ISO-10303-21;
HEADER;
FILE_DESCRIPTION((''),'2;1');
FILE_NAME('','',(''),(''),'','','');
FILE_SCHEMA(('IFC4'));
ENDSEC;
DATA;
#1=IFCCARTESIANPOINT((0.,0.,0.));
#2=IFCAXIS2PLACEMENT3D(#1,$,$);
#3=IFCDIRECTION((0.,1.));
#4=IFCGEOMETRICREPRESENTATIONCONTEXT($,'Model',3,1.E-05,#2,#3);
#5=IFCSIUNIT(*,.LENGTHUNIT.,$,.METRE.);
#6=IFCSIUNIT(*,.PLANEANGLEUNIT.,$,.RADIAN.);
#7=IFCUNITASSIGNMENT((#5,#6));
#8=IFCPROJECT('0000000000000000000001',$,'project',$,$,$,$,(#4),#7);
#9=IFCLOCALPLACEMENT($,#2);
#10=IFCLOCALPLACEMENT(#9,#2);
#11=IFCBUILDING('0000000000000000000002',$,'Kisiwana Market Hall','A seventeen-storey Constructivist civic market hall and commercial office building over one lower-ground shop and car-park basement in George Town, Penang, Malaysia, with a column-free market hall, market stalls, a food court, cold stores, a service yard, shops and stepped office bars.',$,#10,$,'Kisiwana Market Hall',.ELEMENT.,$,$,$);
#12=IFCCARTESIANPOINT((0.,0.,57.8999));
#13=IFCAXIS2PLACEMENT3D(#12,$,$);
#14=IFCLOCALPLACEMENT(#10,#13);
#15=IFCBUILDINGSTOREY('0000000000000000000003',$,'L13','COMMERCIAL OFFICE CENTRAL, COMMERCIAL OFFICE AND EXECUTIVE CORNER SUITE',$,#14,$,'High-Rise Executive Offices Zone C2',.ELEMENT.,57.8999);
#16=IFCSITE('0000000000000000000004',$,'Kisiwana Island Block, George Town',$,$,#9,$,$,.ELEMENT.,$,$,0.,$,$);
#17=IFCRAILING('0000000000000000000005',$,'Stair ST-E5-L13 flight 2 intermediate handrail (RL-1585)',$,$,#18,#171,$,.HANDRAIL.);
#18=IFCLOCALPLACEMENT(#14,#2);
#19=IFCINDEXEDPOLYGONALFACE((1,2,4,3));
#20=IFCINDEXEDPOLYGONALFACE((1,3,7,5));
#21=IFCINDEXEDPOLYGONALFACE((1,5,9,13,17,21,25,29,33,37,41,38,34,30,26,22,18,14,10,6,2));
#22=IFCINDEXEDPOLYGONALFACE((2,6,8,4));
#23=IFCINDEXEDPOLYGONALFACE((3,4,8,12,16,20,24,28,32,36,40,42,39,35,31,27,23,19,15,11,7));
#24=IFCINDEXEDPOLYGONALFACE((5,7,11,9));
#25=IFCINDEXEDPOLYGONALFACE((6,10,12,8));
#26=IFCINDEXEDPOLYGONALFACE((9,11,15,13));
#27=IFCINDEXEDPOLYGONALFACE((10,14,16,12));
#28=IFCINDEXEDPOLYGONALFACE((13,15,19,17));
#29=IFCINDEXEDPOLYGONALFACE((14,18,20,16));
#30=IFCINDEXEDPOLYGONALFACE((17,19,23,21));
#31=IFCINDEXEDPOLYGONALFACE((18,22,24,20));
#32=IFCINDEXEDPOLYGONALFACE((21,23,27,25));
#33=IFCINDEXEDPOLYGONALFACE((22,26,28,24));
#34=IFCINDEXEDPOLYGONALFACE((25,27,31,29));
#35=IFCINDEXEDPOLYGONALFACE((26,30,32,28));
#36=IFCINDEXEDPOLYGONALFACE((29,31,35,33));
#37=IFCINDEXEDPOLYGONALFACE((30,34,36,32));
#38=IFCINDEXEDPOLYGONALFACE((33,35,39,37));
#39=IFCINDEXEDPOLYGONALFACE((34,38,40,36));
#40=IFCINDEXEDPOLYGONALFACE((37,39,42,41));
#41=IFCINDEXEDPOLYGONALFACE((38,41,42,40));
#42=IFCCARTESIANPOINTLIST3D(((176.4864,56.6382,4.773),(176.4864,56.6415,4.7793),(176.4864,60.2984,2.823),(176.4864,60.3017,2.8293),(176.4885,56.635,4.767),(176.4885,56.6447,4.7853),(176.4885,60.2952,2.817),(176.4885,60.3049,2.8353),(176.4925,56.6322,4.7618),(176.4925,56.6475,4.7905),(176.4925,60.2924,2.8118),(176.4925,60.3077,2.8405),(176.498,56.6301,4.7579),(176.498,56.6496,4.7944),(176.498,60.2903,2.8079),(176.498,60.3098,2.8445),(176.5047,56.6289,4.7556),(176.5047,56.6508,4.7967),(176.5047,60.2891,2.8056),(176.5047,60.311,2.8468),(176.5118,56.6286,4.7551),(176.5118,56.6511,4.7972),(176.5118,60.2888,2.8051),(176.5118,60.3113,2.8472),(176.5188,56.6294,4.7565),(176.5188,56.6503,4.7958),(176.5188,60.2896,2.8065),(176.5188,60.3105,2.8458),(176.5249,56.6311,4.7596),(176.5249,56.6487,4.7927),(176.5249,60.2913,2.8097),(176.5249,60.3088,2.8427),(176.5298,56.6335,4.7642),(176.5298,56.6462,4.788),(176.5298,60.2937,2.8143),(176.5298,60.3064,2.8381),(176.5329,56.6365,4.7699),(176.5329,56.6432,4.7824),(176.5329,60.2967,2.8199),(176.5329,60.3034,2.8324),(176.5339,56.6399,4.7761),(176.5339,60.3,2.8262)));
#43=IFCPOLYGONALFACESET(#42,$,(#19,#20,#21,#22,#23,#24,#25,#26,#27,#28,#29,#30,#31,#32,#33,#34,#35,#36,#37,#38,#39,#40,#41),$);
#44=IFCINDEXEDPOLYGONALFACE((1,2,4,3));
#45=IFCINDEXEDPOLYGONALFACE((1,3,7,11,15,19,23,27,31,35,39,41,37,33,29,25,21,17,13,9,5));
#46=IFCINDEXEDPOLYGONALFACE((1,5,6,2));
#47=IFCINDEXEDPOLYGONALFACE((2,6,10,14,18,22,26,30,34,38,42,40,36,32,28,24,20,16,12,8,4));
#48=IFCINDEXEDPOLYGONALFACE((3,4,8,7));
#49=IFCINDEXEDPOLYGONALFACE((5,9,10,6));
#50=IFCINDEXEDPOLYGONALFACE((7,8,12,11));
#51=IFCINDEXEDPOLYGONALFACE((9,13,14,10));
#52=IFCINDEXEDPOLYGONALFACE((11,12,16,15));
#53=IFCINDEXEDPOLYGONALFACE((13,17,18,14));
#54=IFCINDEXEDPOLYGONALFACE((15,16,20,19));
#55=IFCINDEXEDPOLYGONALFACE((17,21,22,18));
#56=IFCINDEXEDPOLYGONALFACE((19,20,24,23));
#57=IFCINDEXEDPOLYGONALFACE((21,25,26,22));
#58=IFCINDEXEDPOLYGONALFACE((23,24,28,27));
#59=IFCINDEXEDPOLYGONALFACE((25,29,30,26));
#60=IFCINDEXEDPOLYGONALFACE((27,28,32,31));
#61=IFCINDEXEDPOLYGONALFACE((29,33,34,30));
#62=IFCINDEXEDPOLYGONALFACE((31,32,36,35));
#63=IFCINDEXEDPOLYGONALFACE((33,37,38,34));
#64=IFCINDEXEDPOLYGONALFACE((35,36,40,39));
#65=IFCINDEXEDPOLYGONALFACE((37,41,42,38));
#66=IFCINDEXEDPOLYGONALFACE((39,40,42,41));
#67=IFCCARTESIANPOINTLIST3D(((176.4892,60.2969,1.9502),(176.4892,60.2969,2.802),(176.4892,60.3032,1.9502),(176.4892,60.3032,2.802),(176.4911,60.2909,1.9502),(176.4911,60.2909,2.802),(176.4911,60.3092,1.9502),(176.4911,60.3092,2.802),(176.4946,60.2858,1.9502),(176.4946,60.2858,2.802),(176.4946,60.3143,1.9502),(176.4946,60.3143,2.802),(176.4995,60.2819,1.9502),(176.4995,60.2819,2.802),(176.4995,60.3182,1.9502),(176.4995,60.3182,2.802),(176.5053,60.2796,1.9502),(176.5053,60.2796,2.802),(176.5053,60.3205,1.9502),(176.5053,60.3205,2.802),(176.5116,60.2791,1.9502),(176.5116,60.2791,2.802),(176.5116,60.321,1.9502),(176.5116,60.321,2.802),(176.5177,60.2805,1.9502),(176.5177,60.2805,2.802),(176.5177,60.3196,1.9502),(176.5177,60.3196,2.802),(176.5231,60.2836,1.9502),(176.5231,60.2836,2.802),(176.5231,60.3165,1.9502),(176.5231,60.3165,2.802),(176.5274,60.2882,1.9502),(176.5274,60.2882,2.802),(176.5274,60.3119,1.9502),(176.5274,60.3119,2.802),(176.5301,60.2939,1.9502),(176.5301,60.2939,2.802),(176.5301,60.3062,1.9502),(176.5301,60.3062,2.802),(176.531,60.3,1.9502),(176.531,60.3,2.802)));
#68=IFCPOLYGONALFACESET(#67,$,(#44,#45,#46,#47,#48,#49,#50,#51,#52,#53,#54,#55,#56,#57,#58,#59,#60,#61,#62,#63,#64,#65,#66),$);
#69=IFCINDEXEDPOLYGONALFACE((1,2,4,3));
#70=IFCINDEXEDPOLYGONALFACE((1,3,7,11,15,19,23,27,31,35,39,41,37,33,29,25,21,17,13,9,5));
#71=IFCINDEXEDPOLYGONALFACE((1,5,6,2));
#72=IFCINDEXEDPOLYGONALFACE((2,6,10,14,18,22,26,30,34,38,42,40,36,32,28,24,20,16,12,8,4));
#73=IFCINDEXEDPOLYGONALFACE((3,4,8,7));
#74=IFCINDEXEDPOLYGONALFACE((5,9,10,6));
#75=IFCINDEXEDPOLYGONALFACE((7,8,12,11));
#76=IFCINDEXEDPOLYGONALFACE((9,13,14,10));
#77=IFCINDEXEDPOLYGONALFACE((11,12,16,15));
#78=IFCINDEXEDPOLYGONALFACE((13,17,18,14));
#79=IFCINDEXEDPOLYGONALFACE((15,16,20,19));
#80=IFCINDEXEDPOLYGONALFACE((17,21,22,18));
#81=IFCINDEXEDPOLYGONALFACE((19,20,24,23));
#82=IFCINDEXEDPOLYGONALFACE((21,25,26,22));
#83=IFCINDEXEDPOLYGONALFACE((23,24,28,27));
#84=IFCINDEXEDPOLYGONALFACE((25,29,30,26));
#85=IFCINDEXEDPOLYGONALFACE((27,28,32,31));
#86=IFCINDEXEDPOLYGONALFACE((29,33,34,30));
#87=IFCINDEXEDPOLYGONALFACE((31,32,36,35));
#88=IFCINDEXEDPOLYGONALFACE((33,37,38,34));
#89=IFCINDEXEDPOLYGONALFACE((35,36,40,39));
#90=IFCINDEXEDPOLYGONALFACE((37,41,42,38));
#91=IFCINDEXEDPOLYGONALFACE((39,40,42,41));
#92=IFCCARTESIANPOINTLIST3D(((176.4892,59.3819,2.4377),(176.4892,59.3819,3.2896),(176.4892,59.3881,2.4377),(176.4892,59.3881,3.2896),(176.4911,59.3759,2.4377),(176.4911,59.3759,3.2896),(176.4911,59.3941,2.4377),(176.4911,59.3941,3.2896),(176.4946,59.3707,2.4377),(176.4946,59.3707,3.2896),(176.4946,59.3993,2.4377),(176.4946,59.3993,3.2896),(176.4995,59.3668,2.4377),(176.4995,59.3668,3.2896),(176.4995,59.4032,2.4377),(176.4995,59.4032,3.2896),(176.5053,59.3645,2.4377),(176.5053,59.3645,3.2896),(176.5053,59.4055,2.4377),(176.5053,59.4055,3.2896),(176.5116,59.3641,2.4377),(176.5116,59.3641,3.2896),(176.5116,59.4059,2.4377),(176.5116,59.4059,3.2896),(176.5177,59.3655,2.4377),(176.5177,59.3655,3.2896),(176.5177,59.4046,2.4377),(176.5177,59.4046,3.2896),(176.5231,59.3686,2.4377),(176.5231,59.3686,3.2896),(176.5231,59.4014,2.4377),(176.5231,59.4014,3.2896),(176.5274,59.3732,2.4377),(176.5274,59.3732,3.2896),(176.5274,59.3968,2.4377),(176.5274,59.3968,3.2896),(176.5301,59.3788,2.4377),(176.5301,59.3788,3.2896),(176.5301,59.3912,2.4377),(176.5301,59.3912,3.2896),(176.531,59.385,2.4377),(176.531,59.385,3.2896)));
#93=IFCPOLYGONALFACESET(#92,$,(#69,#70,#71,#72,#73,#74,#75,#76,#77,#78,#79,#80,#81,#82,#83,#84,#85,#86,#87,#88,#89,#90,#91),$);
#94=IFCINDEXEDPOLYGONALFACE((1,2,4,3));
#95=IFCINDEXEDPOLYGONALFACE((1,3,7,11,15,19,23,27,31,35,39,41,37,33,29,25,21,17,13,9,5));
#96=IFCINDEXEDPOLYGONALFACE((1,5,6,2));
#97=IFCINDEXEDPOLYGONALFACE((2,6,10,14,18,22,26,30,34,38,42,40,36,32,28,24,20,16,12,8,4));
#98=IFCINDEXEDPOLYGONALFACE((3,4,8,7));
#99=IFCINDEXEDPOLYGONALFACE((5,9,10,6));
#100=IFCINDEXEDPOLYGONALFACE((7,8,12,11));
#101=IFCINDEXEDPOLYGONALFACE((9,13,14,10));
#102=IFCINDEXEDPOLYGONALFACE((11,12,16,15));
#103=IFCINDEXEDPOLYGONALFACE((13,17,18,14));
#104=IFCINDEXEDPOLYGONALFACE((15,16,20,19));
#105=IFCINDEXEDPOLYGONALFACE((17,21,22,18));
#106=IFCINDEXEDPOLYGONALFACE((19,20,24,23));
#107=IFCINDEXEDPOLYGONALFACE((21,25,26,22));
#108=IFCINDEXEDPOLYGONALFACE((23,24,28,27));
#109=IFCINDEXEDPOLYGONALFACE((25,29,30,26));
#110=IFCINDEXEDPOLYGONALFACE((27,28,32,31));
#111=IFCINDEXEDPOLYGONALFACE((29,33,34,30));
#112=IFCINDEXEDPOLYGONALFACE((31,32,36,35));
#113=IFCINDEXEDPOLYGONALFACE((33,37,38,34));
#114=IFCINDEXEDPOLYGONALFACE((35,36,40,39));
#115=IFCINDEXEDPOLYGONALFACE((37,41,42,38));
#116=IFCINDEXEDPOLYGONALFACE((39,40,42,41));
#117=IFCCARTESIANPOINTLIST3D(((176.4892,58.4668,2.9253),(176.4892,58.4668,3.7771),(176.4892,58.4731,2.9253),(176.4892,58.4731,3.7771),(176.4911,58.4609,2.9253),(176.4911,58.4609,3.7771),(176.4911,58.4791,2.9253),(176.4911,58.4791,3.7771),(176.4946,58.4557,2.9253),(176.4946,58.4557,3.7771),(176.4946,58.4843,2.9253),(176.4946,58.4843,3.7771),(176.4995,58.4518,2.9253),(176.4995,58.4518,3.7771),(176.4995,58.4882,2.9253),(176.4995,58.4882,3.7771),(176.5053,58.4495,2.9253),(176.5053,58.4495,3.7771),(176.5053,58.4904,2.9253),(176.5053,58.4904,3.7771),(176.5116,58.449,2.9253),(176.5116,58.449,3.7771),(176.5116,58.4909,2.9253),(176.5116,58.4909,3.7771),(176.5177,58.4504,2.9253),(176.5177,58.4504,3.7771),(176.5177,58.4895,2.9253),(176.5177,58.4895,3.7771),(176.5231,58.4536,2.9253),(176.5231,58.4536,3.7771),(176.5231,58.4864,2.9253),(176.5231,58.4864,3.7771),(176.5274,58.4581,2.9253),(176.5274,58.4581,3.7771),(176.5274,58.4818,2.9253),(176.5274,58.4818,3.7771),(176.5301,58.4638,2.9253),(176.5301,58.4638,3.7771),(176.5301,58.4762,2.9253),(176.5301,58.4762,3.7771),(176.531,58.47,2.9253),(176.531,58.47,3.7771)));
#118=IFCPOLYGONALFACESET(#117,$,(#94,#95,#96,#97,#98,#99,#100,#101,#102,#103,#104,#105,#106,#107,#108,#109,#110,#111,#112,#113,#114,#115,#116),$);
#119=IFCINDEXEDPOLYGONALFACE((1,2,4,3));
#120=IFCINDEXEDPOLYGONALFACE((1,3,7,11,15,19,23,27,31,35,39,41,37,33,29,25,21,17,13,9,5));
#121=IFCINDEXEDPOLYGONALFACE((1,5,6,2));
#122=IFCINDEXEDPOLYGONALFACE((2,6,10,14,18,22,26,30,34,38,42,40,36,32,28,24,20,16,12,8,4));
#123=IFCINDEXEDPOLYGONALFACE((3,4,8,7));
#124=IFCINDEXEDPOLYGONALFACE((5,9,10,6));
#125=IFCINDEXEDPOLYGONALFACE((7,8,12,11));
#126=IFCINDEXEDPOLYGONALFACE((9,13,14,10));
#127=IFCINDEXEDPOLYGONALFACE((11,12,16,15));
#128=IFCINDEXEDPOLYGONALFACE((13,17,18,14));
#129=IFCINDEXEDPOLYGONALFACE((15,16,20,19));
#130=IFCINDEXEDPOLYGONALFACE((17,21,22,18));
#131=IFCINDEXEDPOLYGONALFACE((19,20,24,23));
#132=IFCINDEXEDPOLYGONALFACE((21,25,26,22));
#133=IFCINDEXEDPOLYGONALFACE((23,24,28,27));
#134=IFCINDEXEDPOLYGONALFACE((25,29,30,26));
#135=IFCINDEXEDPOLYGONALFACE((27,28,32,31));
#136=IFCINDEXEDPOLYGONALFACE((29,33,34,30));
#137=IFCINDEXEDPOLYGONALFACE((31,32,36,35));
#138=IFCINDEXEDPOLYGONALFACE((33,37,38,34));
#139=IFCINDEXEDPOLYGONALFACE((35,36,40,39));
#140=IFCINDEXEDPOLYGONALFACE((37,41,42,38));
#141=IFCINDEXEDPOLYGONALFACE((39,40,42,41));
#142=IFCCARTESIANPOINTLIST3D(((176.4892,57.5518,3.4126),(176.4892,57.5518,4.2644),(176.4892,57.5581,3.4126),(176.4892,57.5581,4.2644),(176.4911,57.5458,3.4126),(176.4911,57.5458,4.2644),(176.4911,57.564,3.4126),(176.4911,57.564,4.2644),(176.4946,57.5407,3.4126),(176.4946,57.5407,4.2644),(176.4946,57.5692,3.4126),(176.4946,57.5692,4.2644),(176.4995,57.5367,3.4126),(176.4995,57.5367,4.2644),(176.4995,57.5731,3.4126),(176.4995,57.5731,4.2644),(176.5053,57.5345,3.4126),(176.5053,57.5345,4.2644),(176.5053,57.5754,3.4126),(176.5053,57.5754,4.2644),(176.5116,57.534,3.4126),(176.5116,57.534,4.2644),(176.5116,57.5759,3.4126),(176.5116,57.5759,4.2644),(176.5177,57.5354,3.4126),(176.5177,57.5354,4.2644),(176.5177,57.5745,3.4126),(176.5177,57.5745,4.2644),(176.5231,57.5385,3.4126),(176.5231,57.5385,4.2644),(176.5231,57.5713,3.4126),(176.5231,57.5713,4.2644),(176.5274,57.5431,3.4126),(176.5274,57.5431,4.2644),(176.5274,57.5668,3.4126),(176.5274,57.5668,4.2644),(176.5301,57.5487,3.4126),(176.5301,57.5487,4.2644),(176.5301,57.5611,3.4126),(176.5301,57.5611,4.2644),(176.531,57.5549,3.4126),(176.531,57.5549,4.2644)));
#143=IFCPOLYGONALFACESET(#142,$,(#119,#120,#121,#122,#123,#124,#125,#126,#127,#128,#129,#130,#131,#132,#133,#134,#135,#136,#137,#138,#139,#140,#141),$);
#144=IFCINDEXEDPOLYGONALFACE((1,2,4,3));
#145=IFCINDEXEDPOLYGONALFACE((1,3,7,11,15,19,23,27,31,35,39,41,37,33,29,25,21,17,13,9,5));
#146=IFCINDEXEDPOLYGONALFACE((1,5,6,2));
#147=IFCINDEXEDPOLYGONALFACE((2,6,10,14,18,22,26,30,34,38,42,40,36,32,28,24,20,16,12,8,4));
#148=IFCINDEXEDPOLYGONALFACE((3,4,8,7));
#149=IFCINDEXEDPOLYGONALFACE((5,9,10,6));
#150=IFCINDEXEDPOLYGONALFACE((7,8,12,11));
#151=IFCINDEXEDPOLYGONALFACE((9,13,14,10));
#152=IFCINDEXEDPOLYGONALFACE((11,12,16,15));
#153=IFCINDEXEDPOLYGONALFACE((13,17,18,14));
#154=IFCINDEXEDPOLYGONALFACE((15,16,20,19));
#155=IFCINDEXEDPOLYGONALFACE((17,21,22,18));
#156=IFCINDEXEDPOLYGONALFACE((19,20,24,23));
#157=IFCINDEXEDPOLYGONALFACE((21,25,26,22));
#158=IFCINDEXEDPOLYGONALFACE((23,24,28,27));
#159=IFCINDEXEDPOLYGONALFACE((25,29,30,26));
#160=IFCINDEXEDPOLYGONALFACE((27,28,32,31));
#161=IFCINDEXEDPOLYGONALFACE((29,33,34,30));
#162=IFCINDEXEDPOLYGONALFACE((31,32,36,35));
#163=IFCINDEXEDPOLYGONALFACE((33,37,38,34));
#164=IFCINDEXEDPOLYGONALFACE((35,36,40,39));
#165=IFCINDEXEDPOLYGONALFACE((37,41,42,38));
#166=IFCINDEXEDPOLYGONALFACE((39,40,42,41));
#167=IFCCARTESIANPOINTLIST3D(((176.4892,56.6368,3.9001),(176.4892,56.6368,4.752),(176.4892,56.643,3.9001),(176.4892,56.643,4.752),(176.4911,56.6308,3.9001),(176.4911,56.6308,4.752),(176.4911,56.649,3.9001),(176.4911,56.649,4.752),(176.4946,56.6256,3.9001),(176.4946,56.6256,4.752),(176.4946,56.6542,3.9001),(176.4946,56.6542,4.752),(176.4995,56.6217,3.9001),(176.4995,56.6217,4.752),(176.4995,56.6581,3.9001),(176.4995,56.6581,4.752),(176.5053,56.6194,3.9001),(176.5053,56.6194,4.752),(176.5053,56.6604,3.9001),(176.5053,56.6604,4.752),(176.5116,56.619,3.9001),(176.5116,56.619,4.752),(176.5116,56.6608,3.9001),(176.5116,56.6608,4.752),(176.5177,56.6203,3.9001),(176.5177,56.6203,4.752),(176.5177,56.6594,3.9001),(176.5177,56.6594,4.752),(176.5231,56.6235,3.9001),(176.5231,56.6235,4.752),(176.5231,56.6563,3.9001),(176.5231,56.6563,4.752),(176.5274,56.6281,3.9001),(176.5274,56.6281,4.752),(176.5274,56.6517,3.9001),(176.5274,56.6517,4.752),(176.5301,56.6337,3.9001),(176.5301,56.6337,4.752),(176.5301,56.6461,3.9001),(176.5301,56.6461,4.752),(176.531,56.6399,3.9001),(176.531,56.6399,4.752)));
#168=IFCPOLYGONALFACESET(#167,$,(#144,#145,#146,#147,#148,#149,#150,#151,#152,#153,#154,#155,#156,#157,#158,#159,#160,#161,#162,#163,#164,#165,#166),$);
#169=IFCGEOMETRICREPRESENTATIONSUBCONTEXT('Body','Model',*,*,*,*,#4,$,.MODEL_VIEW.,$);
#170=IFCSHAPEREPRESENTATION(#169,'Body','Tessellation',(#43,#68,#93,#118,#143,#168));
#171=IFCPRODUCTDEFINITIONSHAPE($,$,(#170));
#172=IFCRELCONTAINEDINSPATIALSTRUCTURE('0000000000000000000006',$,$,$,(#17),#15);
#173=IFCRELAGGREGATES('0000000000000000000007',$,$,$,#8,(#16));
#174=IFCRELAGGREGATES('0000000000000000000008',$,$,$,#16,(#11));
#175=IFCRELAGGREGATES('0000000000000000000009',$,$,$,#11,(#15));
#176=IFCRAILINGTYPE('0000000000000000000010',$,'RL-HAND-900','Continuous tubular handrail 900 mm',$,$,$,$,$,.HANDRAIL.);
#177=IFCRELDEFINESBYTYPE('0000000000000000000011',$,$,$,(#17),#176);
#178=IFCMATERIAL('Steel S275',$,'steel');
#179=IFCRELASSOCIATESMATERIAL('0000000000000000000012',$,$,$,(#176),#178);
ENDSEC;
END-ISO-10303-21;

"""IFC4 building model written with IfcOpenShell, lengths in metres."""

from ifc_helpers import new_model, si_unit, direction, frame, origin, origin_2d, place, context, subcontext, project, spatial, circle, extrude, material, type_object, element, save


model = new_model("IFC4")

# Units and contexts
model_context = context("Model", 3, precision=1e-05, world=origin(), true_north=direction((0.0, 1.0)))
body_context = subcontext(model_context, "Body", "Model", "MODEL_VIEW")
ifc_project = project(units=[si_unit("LENGTHUNIT", "METRE"), si_unit("PLANEANGLEUNIT", "RADIAN")], contexts=[model_context])

# Site, building, storey
site_placement = place(None, origin())
site = spatial("IfcSite", under=ifc_project, at=site_placement, Name="Kisiwana Island Block, George Town", CompositionType="ELEMENT", RefElevation=0.0)
building_placement = place(site_placement, origin())
building = spatial("IfcBuilding", under=site, at=building_placement, Name="Kisiwana Market Hall", Description="A seventeen-storey Constructivist civic market hall and commercial office building over one lower-ground shop and car-park basement in George Town, Penang, Malaysia, with a column-free market hall, market stalls, a food court, cold stores, a service yard, shops and stepped office bars.", LongName="Kisiwana Market Hall", CompositionType="ELEMENT")
storey_placement = place(building_placement, frame((0.0, 0.0, 57.8999)))
storey = spatial("IfcBuildingStorey", under=building, at=storey_placement, Name="L13", Description="COMMERCIAL OFFICE CENTRAL, COMMERCIAL OFFICE AND EXECUTIVE CORNER SUITE", LongName="High-Rise Executive Offices Zone C2", CompositionType="ELEMENT", Elevation=57.8999)

# Railing
ifc_material_1 = material(Name="Steel S275", Category="steel")
railing_type_1 = type_object("IfcRailingType", Name="RL-HAND-900", Description="Continuous tubular handrail 900 mm", PredefinedType="HANDRAIL", material=ifc_material_1)
railing_1_placement = place(storey_placement, frame((176.51, 60.3, 1.9502)))
element("IfcRailing", 1, at=railing_1_placement, inside=storey, type_object=railing_type_1, Name="Stair ST-E5-L13 flight 2 intermediate handrail (RL-1585)", PredefinedType="HANDRAIL", context=body_context, shape_type="SweptSolid", body=[
    extrude(circle(Radius=0.0239, at=origin_2d()), frame((0.0, 0.0, 0.876), z_axis=(0.0, -0.882566, 0.470188), x_axis=(1.0, 0.0, 0.0)), (0.0, 0.0, 1.0), 4.1472),
    extrude(circle(Radius=0.021, at=origin_2d()), origin(), (0.0, 0.0, 1.0), 0.8518),
    extrude(circle(Radius=0.021, at=origin_2d()), frame((0.0, -0.915, 0.4875)), (0.0, 0.0, 1.0), 0.8518),
    extrude(circle(Radius=0.021, at=origin_2d()), frame((0.0, -1.8301, 0.9751)), (0.0, 0.0, 1.0), 0.8518),
    extrude(circle(Radius=0.021, at=origin_2d()), frame((0.0, -2.7451, 1.4624)), (0.0, 0.0, 1.0), 0.8518),
    extrude(circle(Radius=0.021, at=origin_2d()), frame((0.0, -3.6602, 1.95)), (0.0, 0.0, 1.0), 0.8518),
])

save(model, "model.ifc")
